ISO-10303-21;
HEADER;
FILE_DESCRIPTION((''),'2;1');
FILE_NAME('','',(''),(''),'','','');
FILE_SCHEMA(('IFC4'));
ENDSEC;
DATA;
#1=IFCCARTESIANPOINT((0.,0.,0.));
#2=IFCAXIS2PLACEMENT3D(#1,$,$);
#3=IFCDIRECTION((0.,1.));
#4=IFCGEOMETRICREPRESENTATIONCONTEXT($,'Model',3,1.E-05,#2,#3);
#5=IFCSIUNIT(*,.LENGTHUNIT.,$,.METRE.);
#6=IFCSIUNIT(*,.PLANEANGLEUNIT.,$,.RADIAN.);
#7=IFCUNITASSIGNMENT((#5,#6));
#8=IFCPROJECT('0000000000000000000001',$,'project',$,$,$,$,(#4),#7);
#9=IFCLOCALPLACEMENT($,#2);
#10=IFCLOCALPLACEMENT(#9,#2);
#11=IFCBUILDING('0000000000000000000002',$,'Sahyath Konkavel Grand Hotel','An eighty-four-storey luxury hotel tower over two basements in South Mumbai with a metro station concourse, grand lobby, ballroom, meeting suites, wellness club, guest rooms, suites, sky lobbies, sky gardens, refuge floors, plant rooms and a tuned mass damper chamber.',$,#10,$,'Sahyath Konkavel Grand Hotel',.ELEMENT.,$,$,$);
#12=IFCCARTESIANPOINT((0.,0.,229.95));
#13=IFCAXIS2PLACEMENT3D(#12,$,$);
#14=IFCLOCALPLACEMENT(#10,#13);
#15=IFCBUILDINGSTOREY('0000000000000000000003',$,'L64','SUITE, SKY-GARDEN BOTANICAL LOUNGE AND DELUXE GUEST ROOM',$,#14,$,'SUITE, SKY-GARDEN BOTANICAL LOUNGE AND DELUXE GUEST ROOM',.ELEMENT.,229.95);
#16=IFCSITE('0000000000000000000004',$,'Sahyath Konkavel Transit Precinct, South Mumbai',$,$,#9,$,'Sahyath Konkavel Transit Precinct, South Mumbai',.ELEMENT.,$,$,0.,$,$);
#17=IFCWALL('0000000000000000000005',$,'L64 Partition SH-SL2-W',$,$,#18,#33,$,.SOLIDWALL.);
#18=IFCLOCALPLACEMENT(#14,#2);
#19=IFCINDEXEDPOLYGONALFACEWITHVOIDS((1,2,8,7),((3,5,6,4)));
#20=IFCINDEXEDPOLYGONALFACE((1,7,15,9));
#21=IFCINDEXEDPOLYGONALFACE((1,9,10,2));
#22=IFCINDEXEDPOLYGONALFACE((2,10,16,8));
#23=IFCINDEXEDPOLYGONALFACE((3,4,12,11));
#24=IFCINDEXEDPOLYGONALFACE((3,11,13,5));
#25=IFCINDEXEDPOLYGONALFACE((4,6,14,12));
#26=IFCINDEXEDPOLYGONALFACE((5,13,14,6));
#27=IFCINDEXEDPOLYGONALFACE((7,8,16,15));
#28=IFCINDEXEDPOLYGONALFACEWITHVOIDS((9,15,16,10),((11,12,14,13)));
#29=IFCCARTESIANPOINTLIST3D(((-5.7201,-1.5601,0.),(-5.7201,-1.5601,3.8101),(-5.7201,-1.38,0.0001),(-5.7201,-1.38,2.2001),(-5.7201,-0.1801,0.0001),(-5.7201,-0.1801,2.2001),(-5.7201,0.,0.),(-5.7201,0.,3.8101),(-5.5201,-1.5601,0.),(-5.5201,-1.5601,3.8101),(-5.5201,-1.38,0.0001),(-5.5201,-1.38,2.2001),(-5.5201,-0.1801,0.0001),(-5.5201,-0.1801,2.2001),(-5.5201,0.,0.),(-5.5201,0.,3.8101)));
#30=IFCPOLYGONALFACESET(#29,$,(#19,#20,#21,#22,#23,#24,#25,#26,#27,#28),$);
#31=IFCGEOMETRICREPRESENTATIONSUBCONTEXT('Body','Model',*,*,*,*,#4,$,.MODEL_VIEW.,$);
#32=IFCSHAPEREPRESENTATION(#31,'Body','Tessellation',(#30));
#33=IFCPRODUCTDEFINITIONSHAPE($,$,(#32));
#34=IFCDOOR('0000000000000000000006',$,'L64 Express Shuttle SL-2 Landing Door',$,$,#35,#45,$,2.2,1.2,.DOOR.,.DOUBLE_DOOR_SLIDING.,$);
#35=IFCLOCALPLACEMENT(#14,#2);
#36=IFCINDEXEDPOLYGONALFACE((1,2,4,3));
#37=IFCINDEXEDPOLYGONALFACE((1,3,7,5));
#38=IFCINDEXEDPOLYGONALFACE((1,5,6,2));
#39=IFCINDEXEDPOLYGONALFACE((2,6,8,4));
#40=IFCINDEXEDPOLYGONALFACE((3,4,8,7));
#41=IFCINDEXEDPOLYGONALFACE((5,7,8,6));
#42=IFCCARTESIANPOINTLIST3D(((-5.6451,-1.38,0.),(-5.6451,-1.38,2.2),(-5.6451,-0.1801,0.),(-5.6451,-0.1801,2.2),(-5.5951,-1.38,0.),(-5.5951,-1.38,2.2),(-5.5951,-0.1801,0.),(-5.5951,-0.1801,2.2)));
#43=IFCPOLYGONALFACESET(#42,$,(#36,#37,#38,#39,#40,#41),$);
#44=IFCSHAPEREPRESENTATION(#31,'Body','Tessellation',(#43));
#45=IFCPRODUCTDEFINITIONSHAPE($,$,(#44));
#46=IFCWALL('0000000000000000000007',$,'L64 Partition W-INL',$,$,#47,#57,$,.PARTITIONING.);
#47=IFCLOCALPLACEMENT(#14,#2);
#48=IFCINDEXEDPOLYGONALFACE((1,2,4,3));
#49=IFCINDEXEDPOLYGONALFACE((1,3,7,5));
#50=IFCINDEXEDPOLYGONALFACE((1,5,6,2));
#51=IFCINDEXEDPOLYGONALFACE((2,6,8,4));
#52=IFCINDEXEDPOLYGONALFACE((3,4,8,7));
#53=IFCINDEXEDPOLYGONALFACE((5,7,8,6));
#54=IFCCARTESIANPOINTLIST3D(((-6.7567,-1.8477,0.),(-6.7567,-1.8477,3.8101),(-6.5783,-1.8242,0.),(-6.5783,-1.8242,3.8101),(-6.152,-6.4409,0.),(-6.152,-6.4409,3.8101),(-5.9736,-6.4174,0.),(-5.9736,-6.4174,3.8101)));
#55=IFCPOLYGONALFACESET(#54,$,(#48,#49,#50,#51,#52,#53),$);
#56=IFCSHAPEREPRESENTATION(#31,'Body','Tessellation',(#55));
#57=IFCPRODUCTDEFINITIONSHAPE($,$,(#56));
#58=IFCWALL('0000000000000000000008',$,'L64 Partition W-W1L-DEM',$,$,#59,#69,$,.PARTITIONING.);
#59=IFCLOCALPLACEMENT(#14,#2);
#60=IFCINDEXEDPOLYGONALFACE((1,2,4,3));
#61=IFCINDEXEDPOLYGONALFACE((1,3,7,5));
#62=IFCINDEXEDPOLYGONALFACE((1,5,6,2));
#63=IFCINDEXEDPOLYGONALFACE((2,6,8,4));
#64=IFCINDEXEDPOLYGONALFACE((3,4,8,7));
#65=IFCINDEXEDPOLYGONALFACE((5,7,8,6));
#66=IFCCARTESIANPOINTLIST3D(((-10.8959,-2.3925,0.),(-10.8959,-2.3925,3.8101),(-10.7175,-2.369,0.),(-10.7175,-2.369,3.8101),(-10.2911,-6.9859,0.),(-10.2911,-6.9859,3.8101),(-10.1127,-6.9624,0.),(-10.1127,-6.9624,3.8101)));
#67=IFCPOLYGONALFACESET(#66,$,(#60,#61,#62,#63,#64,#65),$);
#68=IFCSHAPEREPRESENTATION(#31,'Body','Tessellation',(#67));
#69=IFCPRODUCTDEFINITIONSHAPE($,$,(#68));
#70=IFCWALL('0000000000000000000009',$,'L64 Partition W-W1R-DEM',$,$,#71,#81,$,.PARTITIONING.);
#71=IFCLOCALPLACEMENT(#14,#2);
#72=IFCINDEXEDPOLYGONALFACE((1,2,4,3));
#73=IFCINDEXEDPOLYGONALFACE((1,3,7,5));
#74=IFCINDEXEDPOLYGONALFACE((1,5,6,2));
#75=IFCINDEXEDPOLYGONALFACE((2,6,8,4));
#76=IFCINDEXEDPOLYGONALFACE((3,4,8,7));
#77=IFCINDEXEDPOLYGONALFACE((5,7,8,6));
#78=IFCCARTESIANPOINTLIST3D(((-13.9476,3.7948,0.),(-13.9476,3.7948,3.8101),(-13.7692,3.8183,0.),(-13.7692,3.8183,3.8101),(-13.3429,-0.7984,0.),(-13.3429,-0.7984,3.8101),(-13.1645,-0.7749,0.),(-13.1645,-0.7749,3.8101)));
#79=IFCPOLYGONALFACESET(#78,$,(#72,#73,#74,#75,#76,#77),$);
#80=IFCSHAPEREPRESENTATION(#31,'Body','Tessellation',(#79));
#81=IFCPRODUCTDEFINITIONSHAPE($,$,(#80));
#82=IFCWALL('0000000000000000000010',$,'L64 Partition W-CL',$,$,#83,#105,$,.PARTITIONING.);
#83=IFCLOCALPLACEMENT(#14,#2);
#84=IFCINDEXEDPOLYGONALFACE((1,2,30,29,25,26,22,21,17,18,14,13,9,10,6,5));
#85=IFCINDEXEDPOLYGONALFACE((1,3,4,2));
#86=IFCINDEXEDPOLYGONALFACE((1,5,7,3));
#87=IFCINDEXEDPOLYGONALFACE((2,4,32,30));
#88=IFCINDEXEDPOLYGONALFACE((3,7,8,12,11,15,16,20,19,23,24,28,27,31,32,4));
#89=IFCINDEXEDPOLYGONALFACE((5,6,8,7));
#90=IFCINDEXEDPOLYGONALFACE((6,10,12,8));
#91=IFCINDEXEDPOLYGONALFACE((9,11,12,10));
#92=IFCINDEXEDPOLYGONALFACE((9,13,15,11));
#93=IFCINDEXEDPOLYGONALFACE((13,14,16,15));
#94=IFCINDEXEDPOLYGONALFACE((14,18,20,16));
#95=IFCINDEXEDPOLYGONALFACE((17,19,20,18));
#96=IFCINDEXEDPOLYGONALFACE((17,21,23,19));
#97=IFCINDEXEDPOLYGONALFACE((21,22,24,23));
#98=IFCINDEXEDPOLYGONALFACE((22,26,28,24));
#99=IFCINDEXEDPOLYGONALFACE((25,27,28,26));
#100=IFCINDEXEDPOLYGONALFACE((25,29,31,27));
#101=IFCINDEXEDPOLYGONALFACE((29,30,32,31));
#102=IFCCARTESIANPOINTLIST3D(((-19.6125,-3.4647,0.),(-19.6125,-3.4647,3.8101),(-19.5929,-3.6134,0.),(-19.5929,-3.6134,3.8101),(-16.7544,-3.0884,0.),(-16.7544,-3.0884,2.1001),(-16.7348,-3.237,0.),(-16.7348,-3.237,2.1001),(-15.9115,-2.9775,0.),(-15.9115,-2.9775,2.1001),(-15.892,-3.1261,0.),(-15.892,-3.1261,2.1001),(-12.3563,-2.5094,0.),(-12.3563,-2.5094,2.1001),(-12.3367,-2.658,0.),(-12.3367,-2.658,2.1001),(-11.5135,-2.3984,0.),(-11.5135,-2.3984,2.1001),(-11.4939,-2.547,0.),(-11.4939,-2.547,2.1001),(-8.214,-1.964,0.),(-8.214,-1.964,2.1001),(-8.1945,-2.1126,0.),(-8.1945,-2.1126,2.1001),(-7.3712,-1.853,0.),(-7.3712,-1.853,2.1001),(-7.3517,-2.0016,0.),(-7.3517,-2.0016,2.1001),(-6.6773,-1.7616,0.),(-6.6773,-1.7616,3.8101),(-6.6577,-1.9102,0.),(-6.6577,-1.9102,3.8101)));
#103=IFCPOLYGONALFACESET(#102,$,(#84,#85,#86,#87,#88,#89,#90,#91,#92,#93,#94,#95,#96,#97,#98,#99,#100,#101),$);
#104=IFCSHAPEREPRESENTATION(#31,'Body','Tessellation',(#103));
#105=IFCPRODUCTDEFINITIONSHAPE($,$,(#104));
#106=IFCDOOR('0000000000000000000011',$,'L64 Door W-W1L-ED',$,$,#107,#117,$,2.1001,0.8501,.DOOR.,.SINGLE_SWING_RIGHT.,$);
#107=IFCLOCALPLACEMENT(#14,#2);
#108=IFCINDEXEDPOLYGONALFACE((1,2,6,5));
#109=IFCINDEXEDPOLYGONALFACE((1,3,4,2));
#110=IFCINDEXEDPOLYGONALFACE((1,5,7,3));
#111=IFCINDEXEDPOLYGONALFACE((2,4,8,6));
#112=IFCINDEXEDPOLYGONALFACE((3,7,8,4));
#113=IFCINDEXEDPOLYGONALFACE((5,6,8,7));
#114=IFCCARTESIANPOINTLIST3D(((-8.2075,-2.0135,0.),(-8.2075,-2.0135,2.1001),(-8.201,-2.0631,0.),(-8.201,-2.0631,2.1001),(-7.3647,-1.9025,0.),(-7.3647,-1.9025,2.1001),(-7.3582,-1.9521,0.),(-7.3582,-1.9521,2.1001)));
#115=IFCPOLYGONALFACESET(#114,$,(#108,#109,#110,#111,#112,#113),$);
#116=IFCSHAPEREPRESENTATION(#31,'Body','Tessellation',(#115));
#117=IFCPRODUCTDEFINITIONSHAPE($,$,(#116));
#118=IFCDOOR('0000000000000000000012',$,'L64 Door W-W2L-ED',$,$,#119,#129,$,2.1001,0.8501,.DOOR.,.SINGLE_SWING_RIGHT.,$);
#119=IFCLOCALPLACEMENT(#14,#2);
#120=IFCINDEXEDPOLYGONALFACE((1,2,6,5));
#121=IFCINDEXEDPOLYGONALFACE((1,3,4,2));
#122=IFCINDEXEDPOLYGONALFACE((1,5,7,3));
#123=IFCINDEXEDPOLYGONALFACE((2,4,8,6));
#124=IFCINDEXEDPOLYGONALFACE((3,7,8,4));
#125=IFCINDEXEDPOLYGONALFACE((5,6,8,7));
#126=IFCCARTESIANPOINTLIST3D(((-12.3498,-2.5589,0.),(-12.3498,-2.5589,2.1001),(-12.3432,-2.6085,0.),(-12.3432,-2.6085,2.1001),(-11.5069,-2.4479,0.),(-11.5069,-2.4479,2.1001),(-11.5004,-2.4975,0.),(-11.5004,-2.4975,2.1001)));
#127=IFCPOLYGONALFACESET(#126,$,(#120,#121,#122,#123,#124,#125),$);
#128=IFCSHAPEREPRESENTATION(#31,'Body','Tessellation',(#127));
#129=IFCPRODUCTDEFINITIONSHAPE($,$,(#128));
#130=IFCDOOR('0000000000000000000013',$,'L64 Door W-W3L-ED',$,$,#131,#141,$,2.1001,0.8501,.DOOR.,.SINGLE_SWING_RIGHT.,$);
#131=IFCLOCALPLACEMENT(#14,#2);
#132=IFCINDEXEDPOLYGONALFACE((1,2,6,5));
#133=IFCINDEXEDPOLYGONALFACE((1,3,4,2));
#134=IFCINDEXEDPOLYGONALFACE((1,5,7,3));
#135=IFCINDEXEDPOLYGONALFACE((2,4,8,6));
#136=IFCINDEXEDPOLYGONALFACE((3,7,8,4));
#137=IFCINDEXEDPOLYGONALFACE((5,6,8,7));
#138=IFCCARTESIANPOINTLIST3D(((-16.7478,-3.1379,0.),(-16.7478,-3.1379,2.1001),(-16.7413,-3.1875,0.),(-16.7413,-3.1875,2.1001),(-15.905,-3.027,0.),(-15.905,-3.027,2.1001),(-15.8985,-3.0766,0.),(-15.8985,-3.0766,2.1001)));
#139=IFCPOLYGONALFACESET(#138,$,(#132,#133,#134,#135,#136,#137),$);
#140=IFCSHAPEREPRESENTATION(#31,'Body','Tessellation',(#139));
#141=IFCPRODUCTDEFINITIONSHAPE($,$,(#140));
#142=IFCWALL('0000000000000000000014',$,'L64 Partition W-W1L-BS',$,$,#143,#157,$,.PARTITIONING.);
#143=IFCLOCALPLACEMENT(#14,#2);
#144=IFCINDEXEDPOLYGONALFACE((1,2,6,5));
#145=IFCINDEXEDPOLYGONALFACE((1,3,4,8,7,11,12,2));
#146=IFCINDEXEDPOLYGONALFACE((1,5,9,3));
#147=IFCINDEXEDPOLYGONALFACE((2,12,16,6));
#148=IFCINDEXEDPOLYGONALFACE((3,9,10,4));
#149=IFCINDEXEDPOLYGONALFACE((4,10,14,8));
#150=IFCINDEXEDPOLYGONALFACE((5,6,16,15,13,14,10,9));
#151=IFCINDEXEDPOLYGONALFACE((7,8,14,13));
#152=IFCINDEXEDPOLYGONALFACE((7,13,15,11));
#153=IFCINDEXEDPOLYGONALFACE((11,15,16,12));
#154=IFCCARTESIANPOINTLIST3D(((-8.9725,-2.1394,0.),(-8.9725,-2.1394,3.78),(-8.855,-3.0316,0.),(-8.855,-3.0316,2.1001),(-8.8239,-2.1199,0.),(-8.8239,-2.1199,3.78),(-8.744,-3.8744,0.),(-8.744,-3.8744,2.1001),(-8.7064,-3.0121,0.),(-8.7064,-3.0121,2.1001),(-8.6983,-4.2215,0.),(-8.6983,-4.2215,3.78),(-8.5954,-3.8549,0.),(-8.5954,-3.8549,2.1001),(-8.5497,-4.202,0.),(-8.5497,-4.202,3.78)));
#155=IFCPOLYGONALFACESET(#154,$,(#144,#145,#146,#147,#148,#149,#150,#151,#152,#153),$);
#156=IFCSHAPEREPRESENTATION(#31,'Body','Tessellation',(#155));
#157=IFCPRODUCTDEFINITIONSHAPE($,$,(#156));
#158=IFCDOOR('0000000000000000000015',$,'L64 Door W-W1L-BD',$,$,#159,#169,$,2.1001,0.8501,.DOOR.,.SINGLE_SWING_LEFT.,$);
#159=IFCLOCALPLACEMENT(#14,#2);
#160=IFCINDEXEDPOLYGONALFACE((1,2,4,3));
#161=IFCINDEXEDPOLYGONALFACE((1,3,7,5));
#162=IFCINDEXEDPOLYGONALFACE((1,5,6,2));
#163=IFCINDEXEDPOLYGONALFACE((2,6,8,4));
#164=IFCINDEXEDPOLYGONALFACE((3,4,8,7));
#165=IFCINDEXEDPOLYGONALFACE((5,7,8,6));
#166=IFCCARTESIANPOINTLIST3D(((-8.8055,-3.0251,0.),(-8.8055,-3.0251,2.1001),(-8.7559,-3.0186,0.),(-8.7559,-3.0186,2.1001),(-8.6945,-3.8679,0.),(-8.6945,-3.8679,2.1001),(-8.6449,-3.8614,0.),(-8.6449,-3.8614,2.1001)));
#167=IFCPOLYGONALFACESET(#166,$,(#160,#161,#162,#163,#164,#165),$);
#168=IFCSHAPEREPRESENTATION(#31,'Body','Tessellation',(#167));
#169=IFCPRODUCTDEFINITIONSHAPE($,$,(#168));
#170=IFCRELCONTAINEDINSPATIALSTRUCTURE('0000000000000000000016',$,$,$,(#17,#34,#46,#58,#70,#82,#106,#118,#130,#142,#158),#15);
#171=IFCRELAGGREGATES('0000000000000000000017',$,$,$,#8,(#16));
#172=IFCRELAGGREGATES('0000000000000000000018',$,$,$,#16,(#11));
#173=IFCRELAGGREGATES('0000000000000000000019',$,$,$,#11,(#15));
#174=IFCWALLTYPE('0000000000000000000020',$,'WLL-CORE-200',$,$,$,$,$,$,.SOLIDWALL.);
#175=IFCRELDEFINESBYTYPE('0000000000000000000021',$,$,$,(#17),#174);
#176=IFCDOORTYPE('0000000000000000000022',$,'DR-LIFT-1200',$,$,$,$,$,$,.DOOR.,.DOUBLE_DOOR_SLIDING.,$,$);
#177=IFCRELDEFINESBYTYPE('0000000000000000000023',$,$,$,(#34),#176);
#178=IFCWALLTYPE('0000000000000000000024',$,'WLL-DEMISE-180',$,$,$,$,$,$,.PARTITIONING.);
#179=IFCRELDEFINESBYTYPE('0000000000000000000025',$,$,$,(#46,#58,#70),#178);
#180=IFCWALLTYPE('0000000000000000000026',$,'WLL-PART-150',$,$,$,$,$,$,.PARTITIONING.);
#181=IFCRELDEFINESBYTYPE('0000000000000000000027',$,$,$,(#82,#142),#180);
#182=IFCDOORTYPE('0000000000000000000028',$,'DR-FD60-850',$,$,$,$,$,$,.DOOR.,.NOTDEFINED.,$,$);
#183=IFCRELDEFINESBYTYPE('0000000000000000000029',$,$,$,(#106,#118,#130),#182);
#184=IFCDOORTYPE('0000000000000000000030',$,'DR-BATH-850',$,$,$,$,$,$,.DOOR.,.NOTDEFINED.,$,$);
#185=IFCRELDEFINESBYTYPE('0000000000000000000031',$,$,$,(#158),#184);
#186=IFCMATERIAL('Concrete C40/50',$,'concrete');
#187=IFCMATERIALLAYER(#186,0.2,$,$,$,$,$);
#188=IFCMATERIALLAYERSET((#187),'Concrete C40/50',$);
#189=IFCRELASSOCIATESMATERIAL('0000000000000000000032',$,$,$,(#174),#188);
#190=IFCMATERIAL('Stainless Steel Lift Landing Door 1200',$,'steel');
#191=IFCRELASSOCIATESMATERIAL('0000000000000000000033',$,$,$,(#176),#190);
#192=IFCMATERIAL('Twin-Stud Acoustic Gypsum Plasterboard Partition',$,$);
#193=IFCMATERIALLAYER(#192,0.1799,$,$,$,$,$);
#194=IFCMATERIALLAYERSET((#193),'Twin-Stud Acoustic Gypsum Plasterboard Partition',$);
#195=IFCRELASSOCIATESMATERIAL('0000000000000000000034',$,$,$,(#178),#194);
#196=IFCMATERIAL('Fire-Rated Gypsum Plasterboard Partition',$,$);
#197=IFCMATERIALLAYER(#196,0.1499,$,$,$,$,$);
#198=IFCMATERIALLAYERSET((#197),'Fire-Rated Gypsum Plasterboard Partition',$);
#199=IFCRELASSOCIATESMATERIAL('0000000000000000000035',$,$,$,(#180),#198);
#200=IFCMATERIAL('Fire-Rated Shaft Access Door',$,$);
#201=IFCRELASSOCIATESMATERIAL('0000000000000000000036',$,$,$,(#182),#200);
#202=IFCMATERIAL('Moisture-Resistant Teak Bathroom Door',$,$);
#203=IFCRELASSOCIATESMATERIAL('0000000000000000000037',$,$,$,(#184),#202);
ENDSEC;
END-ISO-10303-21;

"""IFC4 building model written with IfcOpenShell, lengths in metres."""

from ifc_helpers import new_model, si_unit, direction, frame, frame_2d, origin, origin_2d, place, context, subcontext, project, spatial, rectangle, extrude, source, transform, mapped, material, layer, layer_set, type_object, element, fill, save


model = new_model("IFC4")

# Units and contexts
model_context = context("Model", 3, precision=1e-05, world=origin(), true_north=direction((0.0, 1.0)))
body_context = subcontext(model_context, "Body", "Model", "MODEL_VIEW")
ifc_project = project(units=[si_unit("LENGTHUNIT", "METRE"), si_unit("PLANEANGLEUNIT", "RADIAN")], contexts=[model_context])

# Site, building, storey
site_placement = place(None, origin())
site = spatial("IfcSite", under=ifc_project, at=site_placement, Name="Sahyath Konkavel Transit Precinct, South Mumbai", LongName="Sahyath Konkavel Transit Precinct, South Mumbai", CompositionType="ELEMENT", RefElevation=0.0)
building_placement = place(site_placement, origin())
building = spatial("IfcBuilding", under=site, at=building_placement, Name="Sahyath Konkavel Grand Hotel", Description="An eighty-four-storey luxury hotel tower over two basements in South Mumbai with a metro station concourse, grand lobby, ballroom, meeting suites, wellness club, guest rooms, suites, sky lobbies, sky gardens, refuge floors, plant rooms and a tuned mass damper chamber.", LongName="Sahyath Konkavel Grand Hotel", CompositionType="ELEMENT")
storey_placement = place(building_placement, frame((0.0, 0.0, 229.95)))
storey = spatial("IfcBuildingStorey", under=building, at=storey_placement, Name="L64", Description="SUITE, SKY-GARDEN BOTANICAL LOUNGE AND DELUXE GUEST ROOM", LongName="SUITE, SKY-GARDEN BOTANICAL LOUNGE AND DELUXE GUEST ROOM", CompositionType="ELEMENT", Elevation=229.95)

# Shared definitions
ifc_material_1 = material(Name="Concrete C40/50", Category="concrete")

# Shared definitions
ifc_layer_1 = layer(ifc_material_1, 0.2)
ifc_layer_set_1 = layer_set([ifc_layer_1], Name="Concrete C40/50")
wall_type_1 = type_object("IfcWallType", Name="WLL-CORE-200", PredefinedType="SOLIDWALL", material=ifc_layer_set_1)

# Wall, opening, door
wall_1_placement = place(storey_placement, frame((-5.6201, -1.5601, 0.0), z_axis=(0.0, 0.0, 1.0), x_axis=(0.0, 1.0, 0.0)))
wall_1 = element("IfcWall", 1, at=wall_1_placement, inside=storey, type_object=wall_type_1, Name="L64 Partition SH-SL2-W", PredefinedType="SOLIDWALL", context=body_context, shape_type="SweptSolid", body=[
    extrude(rectangle(XDim=1.5601, YDim=0.2, at=frame_2d((0.78, 0.0))), origin(), (0.0, 0.0, 1.0), 3.8101),
])
opening_1_placement = place(wall_1_placement, frame((0.1799, 0.0, 0.0)))
opening_1 = element("IfcOpeningElement", 2, at=opening_1_placement, cuts=wall_1, PredefinedType="OPENING", context=body_context, shape_type="SweptSolid", body=[
    extrude(rectangle(XDim=1.2, YDim=2.2, at=frame_2d((0.6001, 1.1001))), frame((0.0, 0.1099, 0.0), z_axis=(0.0, -1.0, 0.0), x_axis=(1.0, 0.0, 0.0)), (0.0, 0.0, 1.0), 0.22),
])
ifc_material_2 = material(Name="Stainless Steel Lift Landing Door 1200", Category="steel")
door_type_1 = type_object("IfcDoorType", Name="DR-LIFT-1200", OperationType="DOUBLE_DOOR_SLIDING", PredefinedType="DOOR", material=ifc_material_2)
shared_shape_1 = source(origin(), body_context, "Body", "SweptSolid", [
    extrude(rectangle(XDim=1.2, YDim=0.05, at=origin_2d()), origin(), (0.0, 0.0, 1.0), 2.2),
])
door_1_placement = place(opening_1_placement, frame((0.6001, 0.0, 0.0)))
door_1 = element("IfcDoor", 3, at=door_1_placement, inside=storey, type_object=door_type_1, Name="L64 Express Shuttle SL-2 Landing Door", OperationType="DOUBLE_DOOR_SLIDING", OverallHeight=2.2, OverallWidth=1.2, PredefinedType="DOOR", context=body_context, shape_type="MappedRepresentation", body=[
    mapped(shared_shape_1, transform((0.0, 0.0, 0.0), scale=1.0)),
])
fill(opening_1, door_1)

# Walls
ifc_material_3 = material(Name="Twin-Stud Acoustic Gypsum Plasterboard Partition")
ifc_layer_2 = layer(ifc_material_3, 0.1799)
ifc_layer_set_2 = layer_set([ifc_layer_2], Name="Twin-Stud Acoustic Gypsum Plasterboard Partition")
wall_type_2 = type_object("IfcWallType", Name="WLL-DEMISE-180", PredefinedType="PARTITIONING", material=ifc_layer_set_2)
wall_2_placement = place(storey_placement, frame((-6.6675, -1.8359, 0.0), z_axis=(0.0, 0.0, 1.0), x_axis=(0.130531, -0.991444, 0.0)))
element("IfcWall", 4, at=wall_2_placement, inside=storey, type_object=wall_type_2, Name="L64 Partition W-INL", PredefinedType="PARTITIONING", context=body_context, shape_type="SweptSolid", body=[
    extrude(rectangle(XDim=4.6328, YDim=0.1799, at=frame_2d((2.3164, 0.0))), origin(), (0.0, 0.0, 1.0), 3.8101),
])
wall_3_placement = place(storey_placement, frame((-10.8066, -2.3809, 0.0), z_axis=(0.0, 0.0, 1.0), x_axis=(0.130524, -0.991445, 0.0)))
element("IfcWall", 5, at=wall_3_placement, inside=storey, type_object=wall_type_2, Name="L64 Partition W-W1L-DEM", PredefinedType="PARTITIONING", context=body_context, shape_type="SweptSolid", body=[
    extrude(rectangle(XDim=4.6331, YDim=0.1799, at=frame_2d((2.3164, 0.0))), origin(), (0.0, 0.0, 1.0), 3.8101),
])
wall_4_placement = place(storey_placement, frame((-13.2537, -0.7866, 0.0), z_axis=(0.0, 0.0, 1.0), x_axis=(-0.130531, 0.991444, 0.0)))
element("IfcWall", 6, at=wall_4_placement, inside=storey, type_object=wall_type_2, Name="L64 Partition W-W1R-DEM", PredefinedType="PARTITIONING", context=body_context, shape_type="SweptSolid", body=[
    extrude(rectangle(XDim=4.6328, YDim=0.1799, at=frame_2d((2.3164, 0.0))), origin(), (0.0, 0.0, 1.0), 3.8101),
])

# Wall, openings, doors
ifc_material_4 = material(Name="Fire-Rated Gypsum Plasterboard Partition")
ifc_layer_3 = layer(ifc_material_4, 0.1499)
ifc_layer_set_3 = layer_set([ifc_layer_3], Name="Fire-Rated Gypsum Plasterboard Partition")
wall_type_3 = type_object("IfcWallType", Name="WLL-PART-150", PredefinedType="PARTITIONING", material=ifc_layer_set_3)
wall_5_placement = place(storey_placement, frame((-6.6675, -1.8359, 0.0), z_axis=(0.0, 0.0, 1.0), x_axis=(-0.991443, -0.130538, 0.0)))
wall_5 = element("IfcWall", 7, at=wall_5_placement, inside=storey, type_object=wall_type_3, Name="L64 Partition W-CL", PredefinedType="PARTITIONING", context=body_context, shape_type="SweptSolid", body=[
    extrude(rectangle(XDim=13.0469, YDim=0.1499, at=frame_2d((6.5234, 0.0))), origin(), (0.0, 0.0, 1.0), 3.8101),
])
opening_2_placement = place(wall_5_placement, frame((0.7, 0.0, 0.0)))
opening_2 = element("IfcOpeningElement", 8, at=opening_2_placement, cuts=wall_5, PredefinedType="OPENING", context=body_context, shape_type="SweptSolid", body=[
    extrude(rectangle(XDim=0.8501, YDim=2.1001, at=frame_2d((0.425, 1.05))), frame((0.0, 0.085, 0.0), z_axis=(0.0, -1.0, 0.0), x_axis=(1.0, 0.0, 0.0)), (0.0, 0.0, 1.0), 0.1699),
])
opening_3_placement = place(wall_5_placement, frame((4.8779, 0.0, 0.0)))
opening_3 = element("IfcOpeningElement", 9, at=opening_3_placement, cuts=wall_5, PredefinedType="OPENING", context=body_context, shape_type="SweptSolid", body=[
    extrude(rectangle(XDim=0.8501, YDim=2.1001, at=frame_2d((0.425, 1.05))), frame((0.0, 0.085, 0.0), z_axis=(0.0, -1.0, 0.0), x_axis=(1.0, 0.0, 0.0)), (0.0, 0.0, 1.0), 0.1699),
])
opening_4_placement = place(wall_5_placement, frame((9.314, 0.0, 0.0)))
opening_4 = element("IfcOpeningElement", 10, at=opening_4_placement, cuts=wall_5, PredefinedType="OPENING", context=body_context, shape_type="SweptSolid", body=[
    extrude(rectangle(XDim=0.8501, YDim=2.1001, at=frame_2d((0.425, 1.05))), frame((0.0, 0.085, 0.0), z_axis=(0.0, -1.0, 0.0), x_axis=(1.0, 0.0, 0.0)), (0.0, 0.0, 1.0), 0.1699),
])
ifc_material_5 = material(Name="Fire-Rated Shaft Access Door")
door_type_2 = type_object("IfcDoorType", Name="DR-FD60-850", OperationType="NOTDEFINED", PredefinedType="DOOR", material=ifc_material_5)
shared_shape_2 = source(origin(), body_context, "Body", "SweptSolid", [
    extrude(rectangle(XDim=0.8501, YDim=0.05, at=origin_2d()), origin(), (0.0, 0.0, 1.0), 2.1001),
])
door_2_placement = place(opening_2_placement, frame((0.425, 0.0, 0.0)))
door_2 = element("IfcDoor", 11, at=door_2_placement, inside=storey, type_object=door_type_2, Name="L64 Door W-W1L-ED", OperationType="SINGLE_SWING_RIGHT", OverallHeight=2.1001, OverallWidth=0.8501, PredefinedType="DOOR", context=body_context, shape_type="MappedRepresentation", body=[
    mapped(shared_shape_2, transform((0.0, 0.0, 0.0), scale=1.0)),
])
fill(opening_2, door_2)
door_3_placement = place(opening_3_placement, frame((0.425, 0.0, 0.0)))
door_3 = element("IfcDoor", 12, at=door_3_placement, inside=storey, type_object=door_type_2, Name="L64 Door W-W2L-ED", OperationType="SINGLE_SWING_RIGHT", OverallHeight=2.1001, OverallWidth=0.8501, PredefinedType="DOOR", context=body_context, shape_type="MappedRepresentation", body=[
    mapped(shared_shape_2, transform((0.0, 0.0, 0.0), scale=1.0)),
])
fill(opening_3, door_3)
door_4_placement = place(opening_4_placement, frame((0.425, 0.0, 0.0)))
door_4 = element("IfcDoor", 13, at=door_4_placement, inside=storey, type_object=door_type_2, Name="L64 Door W-W3L-ED", OperationType="SINGLE_SWING_RIGHT", OverallHeight=2.1001, OverallWidth=0.8501, PredefinedType="DOOR", context=body_context, shape_type="MappedRepresentation", body=[
    mapped(shared_shape_2, transform((0.0, 0.0, 0.0), scale=1.0)),
])
fill(opening_4, door_4)

# Wall, opening, door
wall_6_placement = place(storey_placement, frame((-8.8982, -2.1296, 0.0), z_axis=(0.0, 0.0, 1.0), x_axis=(0.130557, -0.991441, 0.0)))
wall_6 = element("IfcWall", 14, at=wall_6_placement, inside=storey, type_object=wall_type_3, Name="L64 Partition W-W1L-BS", PredefinedType="PARTITIONING", context=body_context, shape_type="SweptSolid", body=[
    extrude(rectangle(XDim=2.1001, YDim=0.1499, at=frame_2d((1.05, 0.0))), origin(), (0.0, 0.0, 1.0), 3.78),
])
opening_5_placement = place(wall_6_placement, frame((0.8999, 0.0, 0.0)))
opening_5 = element("IfcOpeningElement", 15, at=opening_5_placement, cuts=wall_6, PredefinedType="OPENING", context=body_context, shape_type="SweptSolid", body=[
    extrude(rectangle(XDim=0.8501, YDim=2.1001, at=frame_2d((0.425, 1.05))), frame((0.0, 0.085, 0.0), z_axis=(0.0, -1.0, 0.0), x_axis=(1.0, 0.0, 0.0)), (0.0, 0.0, 1.0), 0.1699),
])
ifc_material_6 = material(Name="Moisture-Resistant Teak Bathroom Door")
door_type_3 = type_object("IfcDoorType", Name="DR-BATH-850", OperationType="NOTDEFINED", PredefinedType="DOOR", material=ifc_material_6)
door_5_placement = place(opening_5_placement, frame((0.425, 0.0, 0.0)))
door_5 = element("IfcDoor", 16, at=door_5_placement, inside=storey, type_object=door_type_3, Name="L64 Door W-W1L-BD", OperationType="SINGLE_SWING_LEFT", OverallHeight=2.1001, OverallWidth=0.8501, PredefinedType="DOOR", context=body_context, shape_type="MappedRepresentation", body=[
    mapped(shared_shape_2, transform((0.0, 0.0, 0.0), scale=1.0)),
])
fill(opening_5, door_5)

save(model, "model.ifc")
